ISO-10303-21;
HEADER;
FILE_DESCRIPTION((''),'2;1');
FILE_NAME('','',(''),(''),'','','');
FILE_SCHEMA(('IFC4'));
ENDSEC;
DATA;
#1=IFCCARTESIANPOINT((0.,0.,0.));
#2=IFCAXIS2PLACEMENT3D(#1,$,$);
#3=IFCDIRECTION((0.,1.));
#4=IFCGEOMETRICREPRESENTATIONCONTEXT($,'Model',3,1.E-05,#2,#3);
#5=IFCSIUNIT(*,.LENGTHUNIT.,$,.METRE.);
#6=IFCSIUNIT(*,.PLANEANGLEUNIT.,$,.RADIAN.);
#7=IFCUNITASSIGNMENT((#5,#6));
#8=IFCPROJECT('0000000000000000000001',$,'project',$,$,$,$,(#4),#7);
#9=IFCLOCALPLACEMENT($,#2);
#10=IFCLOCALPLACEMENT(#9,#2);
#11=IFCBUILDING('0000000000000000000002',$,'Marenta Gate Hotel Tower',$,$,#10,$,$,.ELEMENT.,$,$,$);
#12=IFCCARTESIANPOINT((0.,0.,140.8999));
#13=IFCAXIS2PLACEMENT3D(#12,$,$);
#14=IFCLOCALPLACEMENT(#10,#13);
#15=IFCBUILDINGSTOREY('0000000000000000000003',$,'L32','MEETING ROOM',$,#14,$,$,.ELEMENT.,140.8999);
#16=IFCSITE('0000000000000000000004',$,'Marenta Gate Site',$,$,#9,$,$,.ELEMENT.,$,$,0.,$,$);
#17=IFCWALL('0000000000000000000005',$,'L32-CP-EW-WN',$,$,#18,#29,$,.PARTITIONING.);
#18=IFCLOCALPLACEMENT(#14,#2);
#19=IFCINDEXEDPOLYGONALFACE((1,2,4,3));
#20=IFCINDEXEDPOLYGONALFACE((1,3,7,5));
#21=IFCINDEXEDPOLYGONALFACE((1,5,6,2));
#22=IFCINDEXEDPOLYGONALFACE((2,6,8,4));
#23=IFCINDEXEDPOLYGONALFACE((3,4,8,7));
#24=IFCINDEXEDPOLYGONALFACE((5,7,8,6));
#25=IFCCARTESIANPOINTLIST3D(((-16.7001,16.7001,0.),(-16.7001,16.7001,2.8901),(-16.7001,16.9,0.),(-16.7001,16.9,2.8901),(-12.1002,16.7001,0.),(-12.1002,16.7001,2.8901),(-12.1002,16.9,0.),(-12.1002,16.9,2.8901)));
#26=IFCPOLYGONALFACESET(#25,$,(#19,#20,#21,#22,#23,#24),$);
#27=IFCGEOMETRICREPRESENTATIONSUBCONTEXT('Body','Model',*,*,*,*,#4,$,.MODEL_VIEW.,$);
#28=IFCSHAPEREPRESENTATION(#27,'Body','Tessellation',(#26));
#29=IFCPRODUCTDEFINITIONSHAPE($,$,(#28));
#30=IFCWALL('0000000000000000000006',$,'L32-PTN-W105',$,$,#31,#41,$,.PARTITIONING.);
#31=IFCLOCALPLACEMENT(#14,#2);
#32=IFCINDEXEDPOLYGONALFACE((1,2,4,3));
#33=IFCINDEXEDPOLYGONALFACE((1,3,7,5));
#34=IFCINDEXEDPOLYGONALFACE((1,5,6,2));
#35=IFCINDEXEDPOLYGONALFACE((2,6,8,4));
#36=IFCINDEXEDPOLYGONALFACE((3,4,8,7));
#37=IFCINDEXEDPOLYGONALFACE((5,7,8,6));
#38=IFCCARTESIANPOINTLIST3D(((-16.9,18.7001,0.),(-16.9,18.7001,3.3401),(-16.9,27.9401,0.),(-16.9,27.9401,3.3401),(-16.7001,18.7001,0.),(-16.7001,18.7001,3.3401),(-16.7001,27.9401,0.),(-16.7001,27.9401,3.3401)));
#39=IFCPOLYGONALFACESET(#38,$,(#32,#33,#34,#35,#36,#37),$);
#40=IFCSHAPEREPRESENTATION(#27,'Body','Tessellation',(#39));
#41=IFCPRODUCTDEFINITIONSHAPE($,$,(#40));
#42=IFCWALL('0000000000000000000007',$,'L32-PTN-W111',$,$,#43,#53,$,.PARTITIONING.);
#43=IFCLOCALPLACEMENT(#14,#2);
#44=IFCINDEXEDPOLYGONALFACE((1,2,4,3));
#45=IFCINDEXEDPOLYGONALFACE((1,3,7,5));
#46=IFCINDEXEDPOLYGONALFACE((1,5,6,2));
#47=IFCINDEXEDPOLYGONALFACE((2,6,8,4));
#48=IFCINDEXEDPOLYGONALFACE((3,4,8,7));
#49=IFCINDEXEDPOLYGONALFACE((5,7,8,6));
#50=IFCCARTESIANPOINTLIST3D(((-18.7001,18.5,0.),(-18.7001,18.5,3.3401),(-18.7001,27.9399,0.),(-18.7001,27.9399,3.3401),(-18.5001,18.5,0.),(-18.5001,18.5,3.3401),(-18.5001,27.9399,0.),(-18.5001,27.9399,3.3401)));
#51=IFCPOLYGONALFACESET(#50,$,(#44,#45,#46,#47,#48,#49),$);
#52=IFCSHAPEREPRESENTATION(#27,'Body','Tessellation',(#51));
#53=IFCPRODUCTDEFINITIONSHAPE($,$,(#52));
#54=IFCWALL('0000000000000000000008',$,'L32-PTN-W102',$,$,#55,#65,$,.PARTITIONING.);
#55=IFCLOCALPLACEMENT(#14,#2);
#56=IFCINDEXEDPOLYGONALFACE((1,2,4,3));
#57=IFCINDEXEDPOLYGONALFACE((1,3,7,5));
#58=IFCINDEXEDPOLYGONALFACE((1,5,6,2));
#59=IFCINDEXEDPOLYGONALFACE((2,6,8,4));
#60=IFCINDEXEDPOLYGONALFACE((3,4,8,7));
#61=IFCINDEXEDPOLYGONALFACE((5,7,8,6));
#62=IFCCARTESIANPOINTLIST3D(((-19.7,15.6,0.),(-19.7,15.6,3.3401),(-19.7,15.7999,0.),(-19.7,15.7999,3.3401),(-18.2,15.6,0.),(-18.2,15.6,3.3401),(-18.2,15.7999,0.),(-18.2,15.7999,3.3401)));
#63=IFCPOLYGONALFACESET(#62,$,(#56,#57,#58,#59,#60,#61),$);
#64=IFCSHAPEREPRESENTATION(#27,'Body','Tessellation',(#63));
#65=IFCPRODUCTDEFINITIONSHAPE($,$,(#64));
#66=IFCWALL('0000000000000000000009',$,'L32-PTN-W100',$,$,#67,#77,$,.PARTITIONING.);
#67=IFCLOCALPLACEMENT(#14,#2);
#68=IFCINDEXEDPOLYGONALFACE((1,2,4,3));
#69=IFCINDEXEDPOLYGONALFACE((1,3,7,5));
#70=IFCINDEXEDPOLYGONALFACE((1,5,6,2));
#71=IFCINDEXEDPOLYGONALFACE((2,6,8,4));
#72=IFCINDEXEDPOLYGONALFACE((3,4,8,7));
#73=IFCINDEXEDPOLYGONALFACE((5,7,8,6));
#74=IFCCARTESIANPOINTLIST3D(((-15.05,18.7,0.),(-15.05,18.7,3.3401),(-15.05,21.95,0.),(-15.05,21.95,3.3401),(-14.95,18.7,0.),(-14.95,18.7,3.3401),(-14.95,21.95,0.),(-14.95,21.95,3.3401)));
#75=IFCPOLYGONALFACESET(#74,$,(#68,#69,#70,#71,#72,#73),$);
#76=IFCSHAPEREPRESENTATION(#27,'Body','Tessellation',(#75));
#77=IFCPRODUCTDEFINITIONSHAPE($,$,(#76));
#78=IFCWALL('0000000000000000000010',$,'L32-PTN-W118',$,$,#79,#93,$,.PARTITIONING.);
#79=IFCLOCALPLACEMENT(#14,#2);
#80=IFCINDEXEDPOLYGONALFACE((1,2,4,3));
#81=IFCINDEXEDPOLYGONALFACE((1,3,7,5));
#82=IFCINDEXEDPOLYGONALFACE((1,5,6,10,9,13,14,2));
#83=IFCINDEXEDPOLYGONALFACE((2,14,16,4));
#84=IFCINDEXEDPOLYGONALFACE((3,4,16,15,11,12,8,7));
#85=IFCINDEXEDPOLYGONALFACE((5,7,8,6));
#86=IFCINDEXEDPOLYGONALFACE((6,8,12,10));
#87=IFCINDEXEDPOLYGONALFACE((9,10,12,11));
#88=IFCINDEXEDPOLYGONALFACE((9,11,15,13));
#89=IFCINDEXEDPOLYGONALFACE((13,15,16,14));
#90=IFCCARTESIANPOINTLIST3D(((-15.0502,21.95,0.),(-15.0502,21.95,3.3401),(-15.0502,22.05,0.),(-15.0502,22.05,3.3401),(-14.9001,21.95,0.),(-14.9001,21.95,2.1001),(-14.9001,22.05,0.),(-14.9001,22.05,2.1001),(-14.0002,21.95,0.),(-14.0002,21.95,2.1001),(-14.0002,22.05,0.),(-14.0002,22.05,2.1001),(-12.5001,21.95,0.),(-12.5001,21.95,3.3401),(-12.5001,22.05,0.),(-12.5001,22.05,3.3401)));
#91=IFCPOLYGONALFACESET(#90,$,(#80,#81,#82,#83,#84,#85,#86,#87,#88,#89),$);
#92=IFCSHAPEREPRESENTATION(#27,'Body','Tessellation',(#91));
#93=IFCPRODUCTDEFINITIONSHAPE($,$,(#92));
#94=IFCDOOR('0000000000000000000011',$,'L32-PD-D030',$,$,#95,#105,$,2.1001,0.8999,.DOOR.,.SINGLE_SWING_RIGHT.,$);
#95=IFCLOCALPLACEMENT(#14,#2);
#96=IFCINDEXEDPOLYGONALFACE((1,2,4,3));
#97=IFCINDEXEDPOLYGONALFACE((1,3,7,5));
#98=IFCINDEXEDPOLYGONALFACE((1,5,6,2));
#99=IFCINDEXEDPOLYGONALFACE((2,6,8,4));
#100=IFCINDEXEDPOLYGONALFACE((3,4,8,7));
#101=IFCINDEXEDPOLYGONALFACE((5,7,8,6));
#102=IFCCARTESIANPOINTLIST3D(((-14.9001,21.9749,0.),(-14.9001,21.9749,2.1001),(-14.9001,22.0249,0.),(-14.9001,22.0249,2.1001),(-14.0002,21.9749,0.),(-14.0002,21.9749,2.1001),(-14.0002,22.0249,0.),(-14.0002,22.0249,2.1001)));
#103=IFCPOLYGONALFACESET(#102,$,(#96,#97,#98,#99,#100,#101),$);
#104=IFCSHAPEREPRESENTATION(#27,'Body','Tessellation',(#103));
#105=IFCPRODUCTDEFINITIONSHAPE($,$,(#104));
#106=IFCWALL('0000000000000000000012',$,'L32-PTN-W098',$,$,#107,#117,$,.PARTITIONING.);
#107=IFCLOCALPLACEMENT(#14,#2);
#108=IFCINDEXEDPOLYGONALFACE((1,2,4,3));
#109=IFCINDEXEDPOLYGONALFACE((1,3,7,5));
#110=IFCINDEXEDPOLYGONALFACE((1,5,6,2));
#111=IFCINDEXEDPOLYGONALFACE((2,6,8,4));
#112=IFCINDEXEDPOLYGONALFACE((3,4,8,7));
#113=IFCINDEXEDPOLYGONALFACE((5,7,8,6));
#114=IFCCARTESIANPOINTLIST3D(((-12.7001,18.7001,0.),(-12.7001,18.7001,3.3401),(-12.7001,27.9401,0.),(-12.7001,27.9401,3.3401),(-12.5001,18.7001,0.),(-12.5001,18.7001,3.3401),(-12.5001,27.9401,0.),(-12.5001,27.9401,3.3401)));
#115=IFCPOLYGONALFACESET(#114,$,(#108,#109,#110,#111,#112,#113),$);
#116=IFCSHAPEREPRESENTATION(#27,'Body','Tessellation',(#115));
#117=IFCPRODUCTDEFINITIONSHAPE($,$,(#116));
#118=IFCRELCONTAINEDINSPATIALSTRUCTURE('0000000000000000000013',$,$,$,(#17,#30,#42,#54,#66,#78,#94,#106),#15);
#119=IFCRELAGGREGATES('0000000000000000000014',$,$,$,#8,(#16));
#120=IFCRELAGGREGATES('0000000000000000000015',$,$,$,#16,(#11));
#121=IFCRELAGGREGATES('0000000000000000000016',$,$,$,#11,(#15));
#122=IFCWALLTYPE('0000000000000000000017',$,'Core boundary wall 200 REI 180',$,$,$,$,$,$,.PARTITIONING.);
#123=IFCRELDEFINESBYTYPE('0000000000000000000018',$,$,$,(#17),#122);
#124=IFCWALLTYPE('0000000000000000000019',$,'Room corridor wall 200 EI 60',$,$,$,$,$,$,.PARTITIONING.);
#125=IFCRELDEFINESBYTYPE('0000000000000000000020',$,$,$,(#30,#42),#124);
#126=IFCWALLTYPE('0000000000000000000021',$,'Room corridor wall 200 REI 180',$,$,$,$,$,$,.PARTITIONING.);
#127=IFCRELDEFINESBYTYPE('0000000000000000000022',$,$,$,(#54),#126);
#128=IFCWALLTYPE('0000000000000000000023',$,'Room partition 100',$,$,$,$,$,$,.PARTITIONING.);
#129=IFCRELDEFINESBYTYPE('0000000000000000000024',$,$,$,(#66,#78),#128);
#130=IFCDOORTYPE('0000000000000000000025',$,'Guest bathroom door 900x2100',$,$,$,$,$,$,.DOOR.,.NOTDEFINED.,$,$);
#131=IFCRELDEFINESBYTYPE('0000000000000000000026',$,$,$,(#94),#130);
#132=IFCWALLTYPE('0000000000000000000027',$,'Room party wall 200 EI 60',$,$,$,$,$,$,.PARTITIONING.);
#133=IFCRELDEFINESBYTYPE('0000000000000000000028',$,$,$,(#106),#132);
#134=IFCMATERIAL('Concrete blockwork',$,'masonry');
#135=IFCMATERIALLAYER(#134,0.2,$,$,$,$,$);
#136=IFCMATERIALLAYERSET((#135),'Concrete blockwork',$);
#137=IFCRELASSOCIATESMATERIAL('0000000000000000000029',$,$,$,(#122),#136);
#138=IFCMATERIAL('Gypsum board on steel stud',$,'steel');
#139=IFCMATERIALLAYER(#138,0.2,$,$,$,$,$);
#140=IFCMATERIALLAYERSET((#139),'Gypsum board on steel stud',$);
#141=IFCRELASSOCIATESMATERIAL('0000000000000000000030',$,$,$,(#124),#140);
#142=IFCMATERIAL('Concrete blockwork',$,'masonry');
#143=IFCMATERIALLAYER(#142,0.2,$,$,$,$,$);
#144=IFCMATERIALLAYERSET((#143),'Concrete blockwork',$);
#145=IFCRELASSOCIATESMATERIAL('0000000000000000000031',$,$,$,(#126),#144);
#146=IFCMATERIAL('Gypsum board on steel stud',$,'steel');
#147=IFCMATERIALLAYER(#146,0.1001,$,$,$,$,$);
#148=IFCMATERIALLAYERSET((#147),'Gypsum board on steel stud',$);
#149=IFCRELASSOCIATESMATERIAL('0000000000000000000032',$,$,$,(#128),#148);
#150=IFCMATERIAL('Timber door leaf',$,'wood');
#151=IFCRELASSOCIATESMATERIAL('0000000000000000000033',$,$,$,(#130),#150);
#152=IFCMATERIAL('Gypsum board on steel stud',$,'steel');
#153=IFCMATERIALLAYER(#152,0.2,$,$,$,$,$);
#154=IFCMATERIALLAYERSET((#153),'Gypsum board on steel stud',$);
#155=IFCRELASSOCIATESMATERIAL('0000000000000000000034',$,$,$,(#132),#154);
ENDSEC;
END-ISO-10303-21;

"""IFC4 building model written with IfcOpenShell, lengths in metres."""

from ifc_helpers import new_model, si_unit, direction, frame, frame_2d, origin, place, context, subcontext, project, spatial, rectangle, extrude, material, layer, layer_set, type_object, element, fill, save


model = new_model("IFC4")

# Units and contexts
model_context = context("Model", 3, precision=1e-05, world=origin(), true_north=direction((0.0, 1.0)))
body_context = subcontext(model_context, "Body", "Model", "MODEL_VIEW")
ifc_project = project(units=[si_unit("LENGTHUNIT", "METRE"), si_unit("PLANEANGLEUNIT", "RADIAN")], contexts=[model_context])

# Site, building, storey
site_placement = place(None, origin())
site = spatial("IfcSite", under=ifc_project, at=site_placement, Name="Marenta Gate Site", CompositionType="ELEMENT", RefElevation=0.0)
building_placement = place(site_placement, origin())
building = spatial("IfcBuilding", under=site, at=building_placement, Name="Marenta Gate Hotel Tower", CompositionType="ELEMENT")
storey_placement = place(building_placement, frame((0.0, 0.0, 140.8999)))
storey = spatial("IfcBuildingStorey", under=building, at=storey_placement, Name="L32", Description="MEETING ROOM", CompositionType="ELEMENT", Elevation=140.8999)

# Walls
ifc_material_1 = material(Name="Concrete blockwork", Category="masonry")
ifc_layer_1 = layer(ifc_material_1, 0.2)
ifc_layer_set_1 = layer_set([ifc_layer_1], Name="Concrete blockwork")
wall_type_1 = type_object("IfcWallType", Name="Core boundary wall 200 REI 180", PredefinedType="PARTITIONING", material=ifc_layer_set_1)
wall_1_placement = place(storey_placement, frame((-16.7, 16.8, 0.0), z_axis=(0.0, 0.0, 1.0), x_axis=(1.0, 0.0, 0.0)))
element("IfcWall", 1, at=wall_1_placement, inside=storey, type_object=wall_type_1, Name="L32-CP-EW-WN", PredefinedType="PARTITIONING", context=body_context, shape_type="SweptSolid", body=[
    extrude(rectangle(XDim=4.5999, YDim=0.2, at=frame_2d((2.2998, 0.0))), origin(), (0.0, 0.0, 1.0), 2.8901),
])
ifc_material_2 = material(Name="Gypsum board on steel stud", Category="steel")
ifc_layer_2 = layer(ifc_material_2, 0.2)
ifc_layer_set_2 = layer_set([ifc_layer_2], Name="Gypsum board on steel stud")
wall_type_2 = type_object("IfcWallType", Name="Room corridor wall 200 EI 60", PredefinedType="PARTITIONING", material=ifc_layer_set_2)
wall_2_placement = place(storey_placement, frame((-16.8, 18.7, 0.0), z_axis=(0.0, 0.0, 1.0), x_axis=(0.0, 1.0, 0.0)))
element("IfcWall", 2, at=wall_2_placement, inside=storey, type_object=wall_type_2, Name="L32-PTN-W105", PredefinedType="PARTITIONING", context=body_context, shape_type="SweptSolid", body=[
    extrude(rectangle(XDim=9.24, YDim=0.2, at=frame_2d((4.6201, 0.0))), origin(), (0.0, 0.0, 1.0), 3.3401),
])
wall_3_placement = place(storey_placement, frame((-18.6001, 18.5, 0.0), z_axis=(0.0, 0.0, 1.0), x_axis=(0.0, 1.0, 0.0)))
element("IfcWall", 3, at=wall_3_placement, inside=storey, type_object=wall_type_2, Name="L32-PTN-W111", PredefinedType="PARTITIONING", context=body_context, shape_type="SweptSolid", body=[
    extrude(rectangle(XDim=9.4399, YDim=0.2, at=frame_2d((4.72, 0.0))), origin(), (0.0, 0.0, 1.0), 3.3401),
])

# Walls
ifc_material_3 = material(Name="Concrete blockwork", Category="masonry")
ifc_layer_3 = layer(ifc_material_3, 0.2)
ifc_layer_set_3 = layer_set([ifc_layer_3], Name="Concrete blockwork")
wall_type_3 = type_object("IfcWallType", Name="Room corridor wall 200 REI 180", PredefinedType="PARTITIONING", material=ifc_layer_set_3)
wall_4_placement = place(storey_placement, frame((-19.7, 15.7, 0.0), z_axis=(0.0, 0.0, 1.0), x_axis=(1.0, 0.0, 0.0)))
element("IfcWall", 4, at=wall_4_placement, inside=storey, type_object=wall_type_3, Name="L32-PTN-W102", PredefinedType="PARTITIONING", context=body_context, shape_type="SweptSolid", body=[
    extrude(rectangle(XDim=1.5, YDim=0.2, at=frame_2d((0.75, 0.0))), origin(), (0.0, 0.0, 1.0), 3.3401),
])
ifc_material_4 = material(Name="Gypsum board on steel stud", Category="steel")
ifc_layer_4 = layer(ifc_material_4, 0.1001)
ifc_layer_set_4 = layer_set([ifc_layer_4], Name="Gypsum board on steel stud")
wall_type_4 = type_object("IfcWallType", Name="Room partition 100", PredefinedType="PARTITIONING", material=ifc_layer_set_4)
wall_5_placement = place(storey_placement, frame((-15.0, 18.7, 0.0), z_axis=(0.0, 0.0, 1.0), x_axis=(0.0, 1.0, 0.0)))
element("IfcWall", 5, at=wall_5_placement, inside=storey, type_object=wall_type_4, Name="L32-PTN-W100", PredefinedType="PARTITIONING", context=body_context, shape_type="SweptSolid", body=[
    extrude(rectangle(XDim=3.25, YDim=0.1001, at=frame_2d((1.625, 0.0))), origin(), (0.0, 0.0, 1.0), 3.3401),
])

# Wall, opening, door
wall_6_placement = place(storey_placement, frame((-15.05, 22.0, 0.0), z_axis=(0.0, 0.0, 1.0), x_axis=(1.0, 0.0, 0.0)))
wall_6 = element("IfcWall", 6, at=wall_6_placement, inside=storey, type_object=wall_type_4, Name="L32-PTN-W118", PredefinedType="PARTITIONING", context=body_context, shape_type="SweptSolid", body=[
    extrude(rectangle(XDim=2.55, YDim=0.1001, at=frame_2d((1.2749, 0.0))), origin(), (0.0, 0.0, 1.0), 3.3401),
])
opening_1_placement = place(wall_6_placement, frame((0.1499, 0.0, 0.0)))
opening_1 = element("IfcOpeningElement", 7, at=opening_1_placement, cuts=wall_6, PredefinedType="OPENING", context=body_context, shape_type="SweptSolid", body=[
    extrude(rectangle(XDim=0.8999, YDim=2.1001, at=frame_2d((0.45, 1.05))), frame((0.0, 0.05, 0.0), z_axis=(0.0, -1.0, 0.0), x_axis=(1.0, 0.0, 0.0)), (0.0, 0.0, 1.0), 0.1001),
])
ifc_material_5 = material(Name="Timber door leaf", Category="wood")
door_type_1 = type_object("IfcDoorType", Name="Guest bathroom door 900x2100", OperationType="NOTDEFINED", PredefinedType="DOOR", material=ifc_material_5)
door_1_placement = place(opening_1_placement, origin())
door_1 = element("IfcDoor", 8, at=door_1_placement, inside=storey, type_object=door_type_1, Name="L32-PD-D030", OperationType="SINGLE_SWING_RIGHT", OverallHeight=2.1001, OverallWidth=0.8999, PredefinedType="DOOR", context=body_context, shape_type="SweptSolid", body=[
    extrude(rectangle(XDim=0.8999, YDim=2.1001, at=frame_2d((0.45, 1.05))), frame((0.0, 0.0249, 0.0), z_axis=(0.0, -1.0, 0.0), x_axis=(1.0, 0.0, 0.0)), (0.0, 0.0, 1.0), 0.05),
])
fill(opening_1, door_1)

# Wall
ifc_material_6 = material(Name="Gypsum board on steel stud", Category="steel")
ifc_layer_5 = layer(ifc_material_6, 0.2)
ifc_layer_set_5 = layer_set([ifc_layer_5], Name="Gypsum board on steel stud")
wall_type_5 = type_object("IfcWallType", Name="Room party wall 200 EI 60", PredefinedType="PARTITIONING", material=ifc_layer_set_5)
wall_7_placement = place(storey_placement, frame((-12.6001, 18.7, 0.0), z_axis=(0.0, 0.0, 1.0), x_axis=(0.0, 1.0, 0.0)))
element("IfcWall", 9, at=wall_7_placement, inside=storey, type_object=wall_type_5, Name="L32-PTN-W098", PredefinedType="PARTITIONING", context=body_context, shape_type="SweptSolid", body=[
    extrude(rectangle(XDim=9.24, YDim=0.2, at=frame_2d((4.6201, 0.0))), origin(), (0.0, 0.0, 1.0), 3.3401),
])

save(model, "model.ifc")
